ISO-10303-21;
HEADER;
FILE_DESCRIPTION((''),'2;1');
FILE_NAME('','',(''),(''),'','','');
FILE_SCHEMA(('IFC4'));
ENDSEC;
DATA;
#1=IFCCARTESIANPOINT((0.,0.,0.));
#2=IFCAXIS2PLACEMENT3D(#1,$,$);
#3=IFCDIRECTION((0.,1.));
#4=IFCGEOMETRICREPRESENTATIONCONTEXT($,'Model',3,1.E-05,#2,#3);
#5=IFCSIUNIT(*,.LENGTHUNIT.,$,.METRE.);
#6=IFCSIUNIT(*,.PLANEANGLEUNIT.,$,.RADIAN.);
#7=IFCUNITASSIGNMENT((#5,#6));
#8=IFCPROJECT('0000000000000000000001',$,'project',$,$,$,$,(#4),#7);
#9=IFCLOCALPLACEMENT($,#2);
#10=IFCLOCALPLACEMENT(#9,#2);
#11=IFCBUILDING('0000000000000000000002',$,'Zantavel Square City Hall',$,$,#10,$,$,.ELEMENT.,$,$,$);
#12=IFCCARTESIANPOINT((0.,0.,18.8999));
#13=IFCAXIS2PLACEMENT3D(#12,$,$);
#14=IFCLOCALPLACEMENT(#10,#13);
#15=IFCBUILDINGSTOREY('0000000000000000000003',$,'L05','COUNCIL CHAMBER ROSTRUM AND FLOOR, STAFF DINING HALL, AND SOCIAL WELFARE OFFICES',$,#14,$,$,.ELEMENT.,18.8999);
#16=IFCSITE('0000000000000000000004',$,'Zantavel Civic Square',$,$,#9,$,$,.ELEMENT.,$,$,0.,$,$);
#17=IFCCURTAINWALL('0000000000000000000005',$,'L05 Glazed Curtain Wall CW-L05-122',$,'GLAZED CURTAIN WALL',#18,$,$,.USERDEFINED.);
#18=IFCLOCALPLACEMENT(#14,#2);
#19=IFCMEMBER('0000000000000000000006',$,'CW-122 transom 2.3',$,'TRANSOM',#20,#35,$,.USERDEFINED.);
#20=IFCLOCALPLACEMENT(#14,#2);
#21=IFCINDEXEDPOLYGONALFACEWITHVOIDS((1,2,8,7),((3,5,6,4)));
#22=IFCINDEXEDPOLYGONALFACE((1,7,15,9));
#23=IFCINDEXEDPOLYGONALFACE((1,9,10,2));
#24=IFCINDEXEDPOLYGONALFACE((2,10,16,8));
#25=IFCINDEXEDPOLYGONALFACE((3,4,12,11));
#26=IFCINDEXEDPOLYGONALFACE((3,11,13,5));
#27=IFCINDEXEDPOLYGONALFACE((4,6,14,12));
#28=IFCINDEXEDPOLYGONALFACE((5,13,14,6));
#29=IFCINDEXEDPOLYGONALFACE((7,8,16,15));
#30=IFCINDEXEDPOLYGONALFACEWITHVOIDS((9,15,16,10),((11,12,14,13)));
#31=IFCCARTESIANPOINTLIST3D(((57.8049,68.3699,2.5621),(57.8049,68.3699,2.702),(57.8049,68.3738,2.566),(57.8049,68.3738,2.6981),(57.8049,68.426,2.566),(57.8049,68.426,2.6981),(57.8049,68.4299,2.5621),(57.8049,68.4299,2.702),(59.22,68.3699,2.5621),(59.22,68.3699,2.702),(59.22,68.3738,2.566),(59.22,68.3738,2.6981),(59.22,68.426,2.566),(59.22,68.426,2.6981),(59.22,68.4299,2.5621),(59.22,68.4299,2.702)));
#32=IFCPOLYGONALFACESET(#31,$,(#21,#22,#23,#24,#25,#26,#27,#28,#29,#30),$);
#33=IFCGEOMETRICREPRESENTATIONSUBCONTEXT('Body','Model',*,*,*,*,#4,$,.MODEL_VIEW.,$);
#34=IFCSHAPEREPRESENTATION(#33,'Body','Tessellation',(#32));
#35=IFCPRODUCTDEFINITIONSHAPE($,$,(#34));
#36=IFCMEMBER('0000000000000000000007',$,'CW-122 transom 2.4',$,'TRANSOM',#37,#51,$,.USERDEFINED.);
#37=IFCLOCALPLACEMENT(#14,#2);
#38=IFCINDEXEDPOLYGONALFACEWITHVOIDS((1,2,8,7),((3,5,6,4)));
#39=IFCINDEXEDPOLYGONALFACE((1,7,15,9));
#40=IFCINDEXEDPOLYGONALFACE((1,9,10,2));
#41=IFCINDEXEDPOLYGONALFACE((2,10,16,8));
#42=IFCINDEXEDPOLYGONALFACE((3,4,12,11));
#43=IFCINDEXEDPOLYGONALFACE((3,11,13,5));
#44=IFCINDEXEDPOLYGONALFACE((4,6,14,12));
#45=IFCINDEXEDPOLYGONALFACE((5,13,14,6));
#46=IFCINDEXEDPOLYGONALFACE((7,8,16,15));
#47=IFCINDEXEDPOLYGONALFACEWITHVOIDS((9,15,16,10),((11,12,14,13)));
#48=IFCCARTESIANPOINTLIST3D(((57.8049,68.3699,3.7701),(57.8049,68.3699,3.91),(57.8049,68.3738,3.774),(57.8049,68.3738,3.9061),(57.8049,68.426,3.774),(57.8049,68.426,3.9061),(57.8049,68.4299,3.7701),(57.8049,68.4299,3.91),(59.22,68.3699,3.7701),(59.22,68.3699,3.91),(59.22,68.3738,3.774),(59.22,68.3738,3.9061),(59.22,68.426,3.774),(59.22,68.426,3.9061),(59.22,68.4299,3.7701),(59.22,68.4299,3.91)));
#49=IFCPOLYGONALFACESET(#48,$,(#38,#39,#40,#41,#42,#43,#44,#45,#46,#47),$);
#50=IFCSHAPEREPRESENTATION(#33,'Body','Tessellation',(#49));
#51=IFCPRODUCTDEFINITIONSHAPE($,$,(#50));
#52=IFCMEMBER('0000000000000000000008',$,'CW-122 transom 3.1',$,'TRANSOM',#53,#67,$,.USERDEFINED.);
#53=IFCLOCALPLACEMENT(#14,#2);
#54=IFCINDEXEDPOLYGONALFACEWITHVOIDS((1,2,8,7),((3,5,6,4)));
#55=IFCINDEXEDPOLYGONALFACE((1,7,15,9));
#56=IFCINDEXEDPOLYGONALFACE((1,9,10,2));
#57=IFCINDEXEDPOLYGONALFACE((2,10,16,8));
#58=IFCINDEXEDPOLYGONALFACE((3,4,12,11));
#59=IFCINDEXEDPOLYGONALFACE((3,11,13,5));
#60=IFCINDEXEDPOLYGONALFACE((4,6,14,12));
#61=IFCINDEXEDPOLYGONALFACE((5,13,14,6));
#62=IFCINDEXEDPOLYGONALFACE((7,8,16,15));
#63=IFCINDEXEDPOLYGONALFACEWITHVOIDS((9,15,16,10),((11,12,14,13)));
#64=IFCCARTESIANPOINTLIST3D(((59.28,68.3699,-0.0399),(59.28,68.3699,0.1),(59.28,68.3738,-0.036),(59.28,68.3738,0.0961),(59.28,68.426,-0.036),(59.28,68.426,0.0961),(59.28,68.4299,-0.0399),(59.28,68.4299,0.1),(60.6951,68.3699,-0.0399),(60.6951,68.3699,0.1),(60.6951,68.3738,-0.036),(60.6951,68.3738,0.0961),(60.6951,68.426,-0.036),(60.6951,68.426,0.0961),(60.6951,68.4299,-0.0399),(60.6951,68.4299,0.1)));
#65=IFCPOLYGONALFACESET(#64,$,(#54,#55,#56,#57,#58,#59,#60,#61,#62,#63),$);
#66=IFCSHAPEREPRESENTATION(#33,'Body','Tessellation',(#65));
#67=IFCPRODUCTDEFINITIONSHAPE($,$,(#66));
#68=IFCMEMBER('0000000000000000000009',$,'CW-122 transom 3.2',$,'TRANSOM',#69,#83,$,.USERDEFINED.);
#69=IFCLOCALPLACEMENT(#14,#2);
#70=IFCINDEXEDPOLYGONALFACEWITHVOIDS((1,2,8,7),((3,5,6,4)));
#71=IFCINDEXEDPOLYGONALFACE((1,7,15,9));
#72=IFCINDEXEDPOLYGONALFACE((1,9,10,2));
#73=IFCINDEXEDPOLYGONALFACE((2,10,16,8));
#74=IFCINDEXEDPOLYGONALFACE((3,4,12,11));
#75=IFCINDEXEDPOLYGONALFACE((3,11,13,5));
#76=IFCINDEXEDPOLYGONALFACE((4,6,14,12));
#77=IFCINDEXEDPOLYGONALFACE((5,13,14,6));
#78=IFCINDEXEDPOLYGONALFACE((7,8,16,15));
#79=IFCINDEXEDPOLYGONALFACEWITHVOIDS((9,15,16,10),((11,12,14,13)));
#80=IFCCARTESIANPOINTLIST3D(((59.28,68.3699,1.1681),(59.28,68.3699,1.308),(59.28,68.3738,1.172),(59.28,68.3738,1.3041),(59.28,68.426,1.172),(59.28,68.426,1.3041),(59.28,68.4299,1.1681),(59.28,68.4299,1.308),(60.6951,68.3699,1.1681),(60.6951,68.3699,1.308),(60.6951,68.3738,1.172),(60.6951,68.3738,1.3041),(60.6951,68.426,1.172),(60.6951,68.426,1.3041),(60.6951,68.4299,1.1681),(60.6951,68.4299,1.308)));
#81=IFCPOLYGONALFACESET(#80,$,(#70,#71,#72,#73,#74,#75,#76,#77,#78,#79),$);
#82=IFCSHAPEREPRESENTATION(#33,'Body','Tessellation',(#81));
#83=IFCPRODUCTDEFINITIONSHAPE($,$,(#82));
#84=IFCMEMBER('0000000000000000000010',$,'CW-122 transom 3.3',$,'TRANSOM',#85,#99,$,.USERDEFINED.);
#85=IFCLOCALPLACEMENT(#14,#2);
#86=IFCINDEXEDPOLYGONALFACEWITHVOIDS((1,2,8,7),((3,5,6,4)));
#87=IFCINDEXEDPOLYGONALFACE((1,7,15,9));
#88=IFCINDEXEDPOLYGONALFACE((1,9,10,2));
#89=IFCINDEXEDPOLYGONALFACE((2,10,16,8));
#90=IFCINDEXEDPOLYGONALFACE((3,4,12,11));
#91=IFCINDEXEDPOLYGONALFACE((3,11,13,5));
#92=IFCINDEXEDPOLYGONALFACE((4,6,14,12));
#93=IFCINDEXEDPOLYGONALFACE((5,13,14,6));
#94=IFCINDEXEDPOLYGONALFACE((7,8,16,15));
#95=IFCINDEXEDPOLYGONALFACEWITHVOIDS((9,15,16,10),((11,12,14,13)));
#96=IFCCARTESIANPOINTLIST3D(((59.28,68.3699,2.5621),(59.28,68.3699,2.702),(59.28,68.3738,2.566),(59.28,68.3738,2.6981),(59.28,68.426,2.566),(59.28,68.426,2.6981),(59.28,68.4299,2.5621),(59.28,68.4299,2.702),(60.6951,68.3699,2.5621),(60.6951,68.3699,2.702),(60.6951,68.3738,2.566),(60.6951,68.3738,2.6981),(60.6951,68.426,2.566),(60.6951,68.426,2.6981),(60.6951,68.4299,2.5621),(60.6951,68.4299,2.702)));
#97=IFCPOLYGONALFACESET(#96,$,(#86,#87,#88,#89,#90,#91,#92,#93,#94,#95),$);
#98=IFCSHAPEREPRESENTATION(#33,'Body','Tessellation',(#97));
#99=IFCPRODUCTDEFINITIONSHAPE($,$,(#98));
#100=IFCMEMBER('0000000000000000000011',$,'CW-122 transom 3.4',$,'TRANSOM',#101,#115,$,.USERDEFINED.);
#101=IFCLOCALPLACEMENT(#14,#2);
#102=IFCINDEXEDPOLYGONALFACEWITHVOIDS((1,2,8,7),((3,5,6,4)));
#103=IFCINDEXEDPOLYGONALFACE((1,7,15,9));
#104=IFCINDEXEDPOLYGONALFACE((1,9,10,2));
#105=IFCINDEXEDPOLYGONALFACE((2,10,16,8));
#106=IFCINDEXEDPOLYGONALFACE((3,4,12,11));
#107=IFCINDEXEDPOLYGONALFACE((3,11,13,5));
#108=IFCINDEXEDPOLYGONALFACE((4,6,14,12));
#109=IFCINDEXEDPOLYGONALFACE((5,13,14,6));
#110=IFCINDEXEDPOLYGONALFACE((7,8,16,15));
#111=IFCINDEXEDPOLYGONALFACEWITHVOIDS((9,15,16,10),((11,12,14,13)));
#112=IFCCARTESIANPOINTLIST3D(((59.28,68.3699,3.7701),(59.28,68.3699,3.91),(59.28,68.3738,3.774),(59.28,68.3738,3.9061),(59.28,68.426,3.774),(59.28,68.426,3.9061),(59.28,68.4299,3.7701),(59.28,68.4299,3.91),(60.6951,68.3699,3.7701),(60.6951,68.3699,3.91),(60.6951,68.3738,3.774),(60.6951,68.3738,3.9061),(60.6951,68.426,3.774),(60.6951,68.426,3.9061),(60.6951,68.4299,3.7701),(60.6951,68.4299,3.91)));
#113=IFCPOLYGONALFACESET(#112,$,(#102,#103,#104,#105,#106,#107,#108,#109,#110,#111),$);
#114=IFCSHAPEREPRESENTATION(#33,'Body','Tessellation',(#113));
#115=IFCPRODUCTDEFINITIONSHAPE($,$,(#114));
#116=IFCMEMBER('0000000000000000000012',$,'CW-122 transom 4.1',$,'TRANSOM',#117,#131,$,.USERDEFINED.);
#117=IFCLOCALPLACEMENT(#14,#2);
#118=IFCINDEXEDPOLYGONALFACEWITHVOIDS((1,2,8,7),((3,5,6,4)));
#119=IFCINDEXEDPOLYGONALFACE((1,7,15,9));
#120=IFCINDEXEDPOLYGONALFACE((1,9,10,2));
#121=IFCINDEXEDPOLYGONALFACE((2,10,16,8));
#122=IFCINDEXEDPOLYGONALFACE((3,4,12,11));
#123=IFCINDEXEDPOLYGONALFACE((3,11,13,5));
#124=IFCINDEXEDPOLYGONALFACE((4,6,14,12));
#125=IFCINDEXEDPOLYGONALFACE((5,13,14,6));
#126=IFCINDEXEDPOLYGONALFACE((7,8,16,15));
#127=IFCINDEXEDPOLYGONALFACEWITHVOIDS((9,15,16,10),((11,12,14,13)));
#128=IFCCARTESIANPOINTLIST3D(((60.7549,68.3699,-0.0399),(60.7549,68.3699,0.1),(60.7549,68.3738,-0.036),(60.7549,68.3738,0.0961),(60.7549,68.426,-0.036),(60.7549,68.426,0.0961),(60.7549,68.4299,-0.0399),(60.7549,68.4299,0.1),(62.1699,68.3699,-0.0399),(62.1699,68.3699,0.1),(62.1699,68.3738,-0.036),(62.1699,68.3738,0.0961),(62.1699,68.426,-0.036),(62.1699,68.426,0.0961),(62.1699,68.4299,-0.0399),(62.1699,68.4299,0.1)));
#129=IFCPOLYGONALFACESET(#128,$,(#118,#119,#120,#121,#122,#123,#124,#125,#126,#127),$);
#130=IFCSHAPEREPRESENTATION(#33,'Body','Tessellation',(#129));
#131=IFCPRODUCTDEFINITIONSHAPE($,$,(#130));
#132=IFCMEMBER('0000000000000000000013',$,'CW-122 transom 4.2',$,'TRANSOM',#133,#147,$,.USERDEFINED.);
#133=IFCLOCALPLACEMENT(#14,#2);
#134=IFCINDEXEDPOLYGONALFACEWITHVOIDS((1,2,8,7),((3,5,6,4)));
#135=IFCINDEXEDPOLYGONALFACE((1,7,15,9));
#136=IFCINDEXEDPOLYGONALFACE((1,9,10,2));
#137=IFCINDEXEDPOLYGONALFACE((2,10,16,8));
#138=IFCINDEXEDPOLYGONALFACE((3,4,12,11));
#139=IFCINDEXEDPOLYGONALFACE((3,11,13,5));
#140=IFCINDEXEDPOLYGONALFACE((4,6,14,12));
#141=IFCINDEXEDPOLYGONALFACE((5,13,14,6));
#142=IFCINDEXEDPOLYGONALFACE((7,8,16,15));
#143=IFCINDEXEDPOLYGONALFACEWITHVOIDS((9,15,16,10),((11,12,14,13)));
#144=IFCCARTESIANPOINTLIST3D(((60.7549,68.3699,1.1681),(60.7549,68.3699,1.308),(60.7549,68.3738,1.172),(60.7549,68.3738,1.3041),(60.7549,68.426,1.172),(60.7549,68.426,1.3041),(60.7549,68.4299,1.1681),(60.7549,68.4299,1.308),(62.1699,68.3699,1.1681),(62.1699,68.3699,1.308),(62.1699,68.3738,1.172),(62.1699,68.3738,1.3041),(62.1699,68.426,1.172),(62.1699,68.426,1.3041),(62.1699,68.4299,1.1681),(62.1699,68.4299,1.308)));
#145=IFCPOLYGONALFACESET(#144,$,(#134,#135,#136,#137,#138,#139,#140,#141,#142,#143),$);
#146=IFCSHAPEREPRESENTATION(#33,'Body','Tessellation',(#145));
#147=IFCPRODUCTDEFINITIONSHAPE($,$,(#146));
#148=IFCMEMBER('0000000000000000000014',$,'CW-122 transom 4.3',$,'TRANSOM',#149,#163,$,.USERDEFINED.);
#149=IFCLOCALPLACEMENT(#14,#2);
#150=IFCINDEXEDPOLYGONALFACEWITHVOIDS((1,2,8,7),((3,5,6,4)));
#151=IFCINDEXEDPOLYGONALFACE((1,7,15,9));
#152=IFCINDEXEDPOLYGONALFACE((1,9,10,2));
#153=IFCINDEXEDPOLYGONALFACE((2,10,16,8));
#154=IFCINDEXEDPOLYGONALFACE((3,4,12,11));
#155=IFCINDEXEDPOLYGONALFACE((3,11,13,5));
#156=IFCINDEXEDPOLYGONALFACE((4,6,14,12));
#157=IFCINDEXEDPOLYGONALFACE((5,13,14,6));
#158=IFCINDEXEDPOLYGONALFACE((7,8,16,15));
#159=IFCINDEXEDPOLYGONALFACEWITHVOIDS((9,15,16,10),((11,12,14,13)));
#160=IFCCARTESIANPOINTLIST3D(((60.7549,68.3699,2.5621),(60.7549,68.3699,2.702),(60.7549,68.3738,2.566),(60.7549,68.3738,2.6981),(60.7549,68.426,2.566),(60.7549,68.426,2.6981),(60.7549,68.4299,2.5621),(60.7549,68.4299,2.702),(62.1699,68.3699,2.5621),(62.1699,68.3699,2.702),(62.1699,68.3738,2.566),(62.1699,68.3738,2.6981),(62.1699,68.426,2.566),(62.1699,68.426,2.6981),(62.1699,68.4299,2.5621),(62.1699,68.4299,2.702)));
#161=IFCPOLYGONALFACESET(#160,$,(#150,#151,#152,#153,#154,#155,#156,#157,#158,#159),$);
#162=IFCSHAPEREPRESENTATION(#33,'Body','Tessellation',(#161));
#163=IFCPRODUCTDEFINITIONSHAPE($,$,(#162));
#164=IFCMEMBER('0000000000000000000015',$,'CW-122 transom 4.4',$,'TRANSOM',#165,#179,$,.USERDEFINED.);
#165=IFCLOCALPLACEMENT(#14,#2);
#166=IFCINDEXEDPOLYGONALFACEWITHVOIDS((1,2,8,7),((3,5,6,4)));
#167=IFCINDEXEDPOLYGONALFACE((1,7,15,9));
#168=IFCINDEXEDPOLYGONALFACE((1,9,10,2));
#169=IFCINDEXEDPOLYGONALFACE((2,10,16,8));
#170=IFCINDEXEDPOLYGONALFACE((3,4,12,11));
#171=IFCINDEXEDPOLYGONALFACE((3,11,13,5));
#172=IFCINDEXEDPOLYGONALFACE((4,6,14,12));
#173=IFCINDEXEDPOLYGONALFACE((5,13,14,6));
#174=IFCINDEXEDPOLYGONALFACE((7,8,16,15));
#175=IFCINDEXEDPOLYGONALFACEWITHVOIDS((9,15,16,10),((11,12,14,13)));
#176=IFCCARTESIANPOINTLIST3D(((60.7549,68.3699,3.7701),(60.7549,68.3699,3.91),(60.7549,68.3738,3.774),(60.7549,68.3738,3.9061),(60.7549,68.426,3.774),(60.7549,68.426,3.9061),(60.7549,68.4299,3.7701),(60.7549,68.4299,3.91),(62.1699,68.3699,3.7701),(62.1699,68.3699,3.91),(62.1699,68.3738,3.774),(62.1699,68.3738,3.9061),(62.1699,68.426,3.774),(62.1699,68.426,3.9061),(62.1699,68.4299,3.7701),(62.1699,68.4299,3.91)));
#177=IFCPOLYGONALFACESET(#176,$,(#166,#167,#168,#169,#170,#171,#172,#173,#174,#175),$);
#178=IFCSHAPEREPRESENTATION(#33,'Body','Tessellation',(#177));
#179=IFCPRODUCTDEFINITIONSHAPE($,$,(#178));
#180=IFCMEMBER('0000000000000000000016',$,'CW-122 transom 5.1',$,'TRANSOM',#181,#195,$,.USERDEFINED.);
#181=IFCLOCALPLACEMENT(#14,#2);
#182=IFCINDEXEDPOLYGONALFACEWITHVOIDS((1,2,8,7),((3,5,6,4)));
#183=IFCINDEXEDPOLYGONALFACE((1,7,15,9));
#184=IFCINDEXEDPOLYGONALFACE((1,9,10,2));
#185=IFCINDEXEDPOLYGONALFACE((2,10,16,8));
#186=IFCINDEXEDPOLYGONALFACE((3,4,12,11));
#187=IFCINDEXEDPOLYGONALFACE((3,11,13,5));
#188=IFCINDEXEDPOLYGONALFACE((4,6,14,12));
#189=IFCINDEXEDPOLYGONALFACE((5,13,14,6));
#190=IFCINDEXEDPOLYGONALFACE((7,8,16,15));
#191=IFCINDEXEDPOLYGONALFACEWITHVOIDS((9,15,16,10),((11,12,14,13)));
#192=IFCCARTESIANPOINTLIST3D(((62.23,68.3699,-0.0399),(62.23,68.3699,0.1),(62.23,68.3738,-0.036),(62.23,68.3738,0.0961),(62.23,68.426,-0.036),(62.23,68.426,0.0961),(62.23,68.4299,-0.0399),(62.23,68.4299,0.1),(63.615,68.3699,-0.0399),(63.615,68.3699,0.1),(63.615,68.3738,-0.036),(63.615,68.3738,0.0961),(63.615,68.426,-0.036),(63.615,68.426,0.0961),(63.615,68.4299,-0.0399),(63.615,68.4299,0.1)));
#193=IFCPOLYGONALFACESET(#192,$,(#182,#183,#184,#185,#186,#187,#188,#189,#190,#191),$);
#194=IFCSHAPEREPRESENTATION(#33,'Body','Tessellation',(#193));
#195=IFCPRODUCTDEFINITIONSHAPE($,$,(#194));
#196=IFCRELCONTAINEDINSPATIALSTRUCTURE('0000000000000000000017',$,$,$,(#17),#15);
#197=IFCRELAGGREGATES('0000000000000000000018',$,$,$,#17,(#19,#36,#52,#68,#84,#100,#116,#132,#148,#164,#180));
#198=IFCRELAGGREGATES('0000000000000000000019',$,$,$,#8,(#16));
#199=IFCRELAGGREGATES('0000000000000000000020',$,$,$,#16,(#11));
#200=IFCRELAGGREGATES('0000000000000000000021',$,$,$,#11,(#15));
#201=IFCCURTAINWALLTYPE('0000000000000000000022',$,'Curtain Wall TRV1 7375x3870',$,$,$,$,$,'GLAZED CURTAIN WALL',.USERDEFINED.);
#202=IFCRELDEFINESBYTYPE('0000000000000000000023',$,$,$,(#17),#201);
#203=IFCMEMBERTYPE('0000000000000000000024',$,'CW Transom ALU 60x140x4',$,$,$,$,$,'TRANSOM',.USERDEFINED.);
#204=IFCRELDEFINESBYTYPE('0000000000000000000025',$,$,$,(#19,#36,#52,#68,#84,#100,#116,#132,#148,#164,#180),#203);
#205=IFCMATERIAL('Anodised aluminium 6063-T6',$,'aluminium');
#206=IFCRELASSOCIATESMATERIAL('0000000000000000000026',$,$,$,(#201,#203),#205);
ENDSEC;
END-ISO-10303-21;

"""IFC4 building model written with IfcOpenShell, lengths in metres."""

from ifc_helpers import new_model, si_unit, direction, frame, origin, origin_2d, place, context, subcontext, project, spatial, hollow_rectangle, extrude, material, material_profile, profile_set, type_object, element, aggregate, save


model = new_model("IFC4")

# Units and contexts
model_context = context("Model", 3, precision=1e-05, world=origin(), true_north=direction((0.0, 1.0)))
body_context = subcontext(model_context, "Body", "Model", "MODEL_VIEW")
ifc_project = project(units=[si_unit("LENGTHUNIT", "METRE"), si_unit("PLANEANGLEUNIT", "RADIAN")], contexts=[model_context])

# Site, building, storey
site_placement = place(None, origin())
site = spatial("IfcSite", under=ifc_project, at=site_placement, Name="Zantavel Civic Square", CompositionType="ELEMENT", RefElevation=0.0)
building_placement = place(site_placement, origin())
building = spatial("IfcBuilding", under=site, at=building_placement, Name="Zantavel Square City Hall", CompositionType="ELEMENT")
storey_placement = place(building_placement, frame((0.0, 0.0, 18.8999)))
storey = spatial("IfcBuildingStorey", under=building, at=storey_placement, Name="L05", Description="COUNCIL CHAMBER ROSTRUM AND FLOOR, STAFF DINING HALL, AND SOCIAL WELFARE OFFICES", CompositionType="ELEMENT", Elevation=18.8999)

# Curtain wall, members
ifc_material_1 = material(Name="Anodised aluminium 6063-T6", Category="aluminium")
curtain_wall_type = type_object("IfcCurtainWallType", Name="Curtain Wall TRV1 7375x3870", ElementType="GLAZED CURTAIN WALL", PredefinedType="USERDEFINED", material=ifc_material_1)
curtain_wall_placement = place(storey_placement, origin())
curtain_wall = element("IfcCurtainWall", 1, at=curtain_wall_placement, inside=storey, type_object=curtain_wall_type, Name="L05 Glazed Curtain Wall CW-L05-122", ObjectType="GLAZED CURTAIN WALL", PredefinedType="USERDEFINED")
ifc_material_profile_1 = material_profile(ifc_material_1, hollow_rectangle(XDim=0.0601, YDim=0.1399, WallThickness=0.0039, at=origin_2d()), Name="ALU 60x140x4")
ifc_profile_set_1 = profile_set([ifc_material_profile_1], Name="Anodised aluminium 6063-T6")
member_type_1 = type_object("IfcMemberType", Name="CW Transom ALU 60x140x4", ElementType="TRANSOM", PredefinedType="USERDEFINED", material=ifc_profile_set_1)
member_1_placement = place(storey_placement, frame((57.8049, 68.3999, 2.6321), z_axis=(1.0, 0.0, 0.0), x_axis=(0.0, 1.0, 0.0)))
member_1 = element("IfcMember", 2, at=member_1_placement, type_object=member_type_1, Name="CW-122 transom 2.3", ObjectType="TRANSOM", PredefinedType="USERDEFINED", context=body_context, shape_type="SweptSolid", body=[
    extrude(hollow_rectangle(XDim=0.0601, YDim=0.1399, WallThickness=0.0039, at=origin_2d()), origin(), (0.0, 0.0, 1.0), 1.415),
])
member_2_placement = place(storey_placement, frame((57.8049, 68.3999, 3.8401), z_axis=(1.0, 0.0, 0.0), x_axis=(0.0, 1.0, 0.0)))
member_2 = element("IfcMember", 3, at=member_2_placement, type_object=member_type_1, Name="CW-122 transom 2.4", ObjectType="TRANSOM", PredefinedType="USERDEFINED", context=body_context, shape_type="SweptSolid", body=[
    extrude(hollow_rectangle(XDim=0.0601, YDim=0.1399, WallThickness=0.0039, at=origin_2d()), origin(), (0.0, 0.0, 1.0), 1.415),
])
member_3_placement = place(storey_placement, frame((59.28, 68.3999, 0.03), z_axis=(1.0, 0.0, 0.0), x_axis=(0.0, 1.0, 0.0)))
member_3 = element("IfcMember", 4, at=member_3_placement, type_object=member_type_1, Name="CW-122 transom 3.1", ObjectType="TRANSOM", PredefinedType="USERDEFINED", context=body_context, shape_type="SweptSolid", body=[
    extrude(hollow_rectangle(XDim=0.0601, YDim=0.1399, WallThickness=0.0039, at=origin_2d()), origin(), (0.0, 0.0, 1.0), 1.415),
])
member_4_placement = place(storey_placement, frame((59.28, 68.3999, 1.238), z_axis=(1.0, 0.0, 0.0), x_axis=(0.0, 1.0, 0.0)))
member_4 = element("IfcMember", 5, at=member_4_placement, type_object=member_type_1, Name="CW-122 transom 3.2", ObjectType="TRANSOM", PredefinedType="USERDEFINED", context=body_context, shape_type="SweptSolid", body=[
    extrude(hollow_rectangle(XDim=0.0601, YDim=0.1399, WallThickness=0.0039, at=origin_2d()), origin(), (0.0, 0.0, 1.0), 1.415),
])
member_5_placement = place(storey_placement, frame((59.28, 68.3999, 2.6321), z_axis=(1.0, 0.0, 0.0), x_axis=(0.0, 1.0, 0.0)))
member_5 = element("IfcMember", 6, at=member_5_placement, type_object=member_type_1, Name="CW-122 transom 3.3", ObjectType="TRANSOM", PredefinedType="USERDEFINED", context=body_context, shape_type="SweptSolid", body=[
    extrude(hollow_rectangle(XDim=0.0601, YDim=0.1399, WallThickness=0.0039, at=origin_2d()), origin(), (0.0, 0.0, 1.0), 1.415),
])
member_6_placement = place(storey_placement, frame((59.28, 68.3999, 3.8401), z_axis=(1.0, 0.0, 0.0), x_axis=(0.0, 1.0, 0.0)))
member_6 = element("IfcMember", 7, at=member_6_placement, type_object=member_type_1, Name="CW-122 transom 3.4", ObjectType="TRANSOM", PredefinedType="USERDEFINED", context=body_context, shape_type="SweptSolid", body=[
    extrude(hollow_rectangle(XDim=0.0601, YDim=0.1399, WallThickness=0.0039, at=origin_2d()), origin(), (0.0, 0.0, 1.0), 1.415),
])
member_7_placement = place(storey_placement, frame((60.7549, 68.3999, 0.03), z_axis=(1.0, 0.0, 0.0), x_axis=(0.0, 1.0, 0.0)))
member_7 = element("IfcMember", 8, at=member_7_placement, type_object=member_type_1, Name="CW-122 transom 4.1", ObjectType="TRANSOM", PredefinedType="USERDEFINED", context=body_context, shape_type="SweptSolid", body=[
    extrude(hollow_rectangle(XDim=0.0601, YDim=0.1399, WallThickness=0.0039, at=origin_2d()), origin(), (0.0, 0.0, 1.0), 1.415),
])
member_8_placement = place(storey_placement, frame((60.7549, 68.3999, 1.238), z_axis=(1.0, 0.0, 0.0), x_axis=(0.0, 1.0, 0.0)))
member_8 = element("IfcMember", 9, at=member_8_placement, type_object=member_type_1, Name="CW-122 transom 4.2", ObjectType="TRANSOM", PredefinedType="USERDEFINED", context=body_context, shape_type="SweptSolid", body=[
    extrude(hollow_rectangle(XDim=0.0601, YDim=0.1399, WallThickness=0.0039, at=origin_2d()), origin(), (0.0, 0.0, 1.0), 1.415),
])
member_9_placement = place(storey_placement, frame((60.7549, 68.3999, 2.6321), z_axis=(1.0, 0.0, 0.0), x_axis=(0.0, 1.0, 0.0)))
member_9 = element("IfcMember", 10, at=member_9_placement, type_object=member_type_1, Name="CW-122 transom 4.3", ObjectType="TRANSOM", PredefinedType="USERDEFINED", context=body_context, shape_type="SweptSolid", body=[
    extrude(hollow_rectangle(XDim=0.0601, YDim=0.1399, WallThickness=0.0039, at=origin_2d()), origin(), (0.0, 0.0, 1.0), 1.415),
])
member_10_placement = place(storey_placement, frame((60.7549, 68.3999, 3.8401), z_axis=(1.0, 0.0, 0.0), x_axis=(0.0, 1.0, 0.0)))
member_10 = element("IfcMember", 11, at=member_10_placement, type_object=member_type_1, Name="CW-122 transom 4.4", ObjectType="TRANSOM", PredefinedType="USERDEFINED", context=body_context, shape_type="SweptSolid", body=[
    extrude(hollow_rectangle(XDim=0.0601, YDim=0.1399, WallThickness=0.0039, at=origin_2d()), origin(), (0.0, 0.0, 1.0), 1.415),
])
member_11_placement = place(storey_placement, frame((62.23, 68.3999, 0.03), z_axis=(1.0, 0.0, 0.0), x_axis=(0.0, 1.0, 0.0)))
member_11 = element("IfcMember", 12, at=member_11_placement, type_object=member_type_1, Name="CW-122 transom 5.1", ObjectType="TRANSOM", PredefinedType="USERDEFINED", context=body_context, shape_type="SweptSolid", body=[
    extrude(hollow_rectangle(XDim=0.0601, YDim=0.1399, WallThickness=0.0039, at=origin_2d()), origin(), (0.0, 0.0, 1.0), 1.385),
])

aggregate(curtain_wall, [member_1, member_2, member_3, member_4, member_5, member_6, member_7, member_8, member_9, member_10, member_11])

save(model, "model.ifc")
